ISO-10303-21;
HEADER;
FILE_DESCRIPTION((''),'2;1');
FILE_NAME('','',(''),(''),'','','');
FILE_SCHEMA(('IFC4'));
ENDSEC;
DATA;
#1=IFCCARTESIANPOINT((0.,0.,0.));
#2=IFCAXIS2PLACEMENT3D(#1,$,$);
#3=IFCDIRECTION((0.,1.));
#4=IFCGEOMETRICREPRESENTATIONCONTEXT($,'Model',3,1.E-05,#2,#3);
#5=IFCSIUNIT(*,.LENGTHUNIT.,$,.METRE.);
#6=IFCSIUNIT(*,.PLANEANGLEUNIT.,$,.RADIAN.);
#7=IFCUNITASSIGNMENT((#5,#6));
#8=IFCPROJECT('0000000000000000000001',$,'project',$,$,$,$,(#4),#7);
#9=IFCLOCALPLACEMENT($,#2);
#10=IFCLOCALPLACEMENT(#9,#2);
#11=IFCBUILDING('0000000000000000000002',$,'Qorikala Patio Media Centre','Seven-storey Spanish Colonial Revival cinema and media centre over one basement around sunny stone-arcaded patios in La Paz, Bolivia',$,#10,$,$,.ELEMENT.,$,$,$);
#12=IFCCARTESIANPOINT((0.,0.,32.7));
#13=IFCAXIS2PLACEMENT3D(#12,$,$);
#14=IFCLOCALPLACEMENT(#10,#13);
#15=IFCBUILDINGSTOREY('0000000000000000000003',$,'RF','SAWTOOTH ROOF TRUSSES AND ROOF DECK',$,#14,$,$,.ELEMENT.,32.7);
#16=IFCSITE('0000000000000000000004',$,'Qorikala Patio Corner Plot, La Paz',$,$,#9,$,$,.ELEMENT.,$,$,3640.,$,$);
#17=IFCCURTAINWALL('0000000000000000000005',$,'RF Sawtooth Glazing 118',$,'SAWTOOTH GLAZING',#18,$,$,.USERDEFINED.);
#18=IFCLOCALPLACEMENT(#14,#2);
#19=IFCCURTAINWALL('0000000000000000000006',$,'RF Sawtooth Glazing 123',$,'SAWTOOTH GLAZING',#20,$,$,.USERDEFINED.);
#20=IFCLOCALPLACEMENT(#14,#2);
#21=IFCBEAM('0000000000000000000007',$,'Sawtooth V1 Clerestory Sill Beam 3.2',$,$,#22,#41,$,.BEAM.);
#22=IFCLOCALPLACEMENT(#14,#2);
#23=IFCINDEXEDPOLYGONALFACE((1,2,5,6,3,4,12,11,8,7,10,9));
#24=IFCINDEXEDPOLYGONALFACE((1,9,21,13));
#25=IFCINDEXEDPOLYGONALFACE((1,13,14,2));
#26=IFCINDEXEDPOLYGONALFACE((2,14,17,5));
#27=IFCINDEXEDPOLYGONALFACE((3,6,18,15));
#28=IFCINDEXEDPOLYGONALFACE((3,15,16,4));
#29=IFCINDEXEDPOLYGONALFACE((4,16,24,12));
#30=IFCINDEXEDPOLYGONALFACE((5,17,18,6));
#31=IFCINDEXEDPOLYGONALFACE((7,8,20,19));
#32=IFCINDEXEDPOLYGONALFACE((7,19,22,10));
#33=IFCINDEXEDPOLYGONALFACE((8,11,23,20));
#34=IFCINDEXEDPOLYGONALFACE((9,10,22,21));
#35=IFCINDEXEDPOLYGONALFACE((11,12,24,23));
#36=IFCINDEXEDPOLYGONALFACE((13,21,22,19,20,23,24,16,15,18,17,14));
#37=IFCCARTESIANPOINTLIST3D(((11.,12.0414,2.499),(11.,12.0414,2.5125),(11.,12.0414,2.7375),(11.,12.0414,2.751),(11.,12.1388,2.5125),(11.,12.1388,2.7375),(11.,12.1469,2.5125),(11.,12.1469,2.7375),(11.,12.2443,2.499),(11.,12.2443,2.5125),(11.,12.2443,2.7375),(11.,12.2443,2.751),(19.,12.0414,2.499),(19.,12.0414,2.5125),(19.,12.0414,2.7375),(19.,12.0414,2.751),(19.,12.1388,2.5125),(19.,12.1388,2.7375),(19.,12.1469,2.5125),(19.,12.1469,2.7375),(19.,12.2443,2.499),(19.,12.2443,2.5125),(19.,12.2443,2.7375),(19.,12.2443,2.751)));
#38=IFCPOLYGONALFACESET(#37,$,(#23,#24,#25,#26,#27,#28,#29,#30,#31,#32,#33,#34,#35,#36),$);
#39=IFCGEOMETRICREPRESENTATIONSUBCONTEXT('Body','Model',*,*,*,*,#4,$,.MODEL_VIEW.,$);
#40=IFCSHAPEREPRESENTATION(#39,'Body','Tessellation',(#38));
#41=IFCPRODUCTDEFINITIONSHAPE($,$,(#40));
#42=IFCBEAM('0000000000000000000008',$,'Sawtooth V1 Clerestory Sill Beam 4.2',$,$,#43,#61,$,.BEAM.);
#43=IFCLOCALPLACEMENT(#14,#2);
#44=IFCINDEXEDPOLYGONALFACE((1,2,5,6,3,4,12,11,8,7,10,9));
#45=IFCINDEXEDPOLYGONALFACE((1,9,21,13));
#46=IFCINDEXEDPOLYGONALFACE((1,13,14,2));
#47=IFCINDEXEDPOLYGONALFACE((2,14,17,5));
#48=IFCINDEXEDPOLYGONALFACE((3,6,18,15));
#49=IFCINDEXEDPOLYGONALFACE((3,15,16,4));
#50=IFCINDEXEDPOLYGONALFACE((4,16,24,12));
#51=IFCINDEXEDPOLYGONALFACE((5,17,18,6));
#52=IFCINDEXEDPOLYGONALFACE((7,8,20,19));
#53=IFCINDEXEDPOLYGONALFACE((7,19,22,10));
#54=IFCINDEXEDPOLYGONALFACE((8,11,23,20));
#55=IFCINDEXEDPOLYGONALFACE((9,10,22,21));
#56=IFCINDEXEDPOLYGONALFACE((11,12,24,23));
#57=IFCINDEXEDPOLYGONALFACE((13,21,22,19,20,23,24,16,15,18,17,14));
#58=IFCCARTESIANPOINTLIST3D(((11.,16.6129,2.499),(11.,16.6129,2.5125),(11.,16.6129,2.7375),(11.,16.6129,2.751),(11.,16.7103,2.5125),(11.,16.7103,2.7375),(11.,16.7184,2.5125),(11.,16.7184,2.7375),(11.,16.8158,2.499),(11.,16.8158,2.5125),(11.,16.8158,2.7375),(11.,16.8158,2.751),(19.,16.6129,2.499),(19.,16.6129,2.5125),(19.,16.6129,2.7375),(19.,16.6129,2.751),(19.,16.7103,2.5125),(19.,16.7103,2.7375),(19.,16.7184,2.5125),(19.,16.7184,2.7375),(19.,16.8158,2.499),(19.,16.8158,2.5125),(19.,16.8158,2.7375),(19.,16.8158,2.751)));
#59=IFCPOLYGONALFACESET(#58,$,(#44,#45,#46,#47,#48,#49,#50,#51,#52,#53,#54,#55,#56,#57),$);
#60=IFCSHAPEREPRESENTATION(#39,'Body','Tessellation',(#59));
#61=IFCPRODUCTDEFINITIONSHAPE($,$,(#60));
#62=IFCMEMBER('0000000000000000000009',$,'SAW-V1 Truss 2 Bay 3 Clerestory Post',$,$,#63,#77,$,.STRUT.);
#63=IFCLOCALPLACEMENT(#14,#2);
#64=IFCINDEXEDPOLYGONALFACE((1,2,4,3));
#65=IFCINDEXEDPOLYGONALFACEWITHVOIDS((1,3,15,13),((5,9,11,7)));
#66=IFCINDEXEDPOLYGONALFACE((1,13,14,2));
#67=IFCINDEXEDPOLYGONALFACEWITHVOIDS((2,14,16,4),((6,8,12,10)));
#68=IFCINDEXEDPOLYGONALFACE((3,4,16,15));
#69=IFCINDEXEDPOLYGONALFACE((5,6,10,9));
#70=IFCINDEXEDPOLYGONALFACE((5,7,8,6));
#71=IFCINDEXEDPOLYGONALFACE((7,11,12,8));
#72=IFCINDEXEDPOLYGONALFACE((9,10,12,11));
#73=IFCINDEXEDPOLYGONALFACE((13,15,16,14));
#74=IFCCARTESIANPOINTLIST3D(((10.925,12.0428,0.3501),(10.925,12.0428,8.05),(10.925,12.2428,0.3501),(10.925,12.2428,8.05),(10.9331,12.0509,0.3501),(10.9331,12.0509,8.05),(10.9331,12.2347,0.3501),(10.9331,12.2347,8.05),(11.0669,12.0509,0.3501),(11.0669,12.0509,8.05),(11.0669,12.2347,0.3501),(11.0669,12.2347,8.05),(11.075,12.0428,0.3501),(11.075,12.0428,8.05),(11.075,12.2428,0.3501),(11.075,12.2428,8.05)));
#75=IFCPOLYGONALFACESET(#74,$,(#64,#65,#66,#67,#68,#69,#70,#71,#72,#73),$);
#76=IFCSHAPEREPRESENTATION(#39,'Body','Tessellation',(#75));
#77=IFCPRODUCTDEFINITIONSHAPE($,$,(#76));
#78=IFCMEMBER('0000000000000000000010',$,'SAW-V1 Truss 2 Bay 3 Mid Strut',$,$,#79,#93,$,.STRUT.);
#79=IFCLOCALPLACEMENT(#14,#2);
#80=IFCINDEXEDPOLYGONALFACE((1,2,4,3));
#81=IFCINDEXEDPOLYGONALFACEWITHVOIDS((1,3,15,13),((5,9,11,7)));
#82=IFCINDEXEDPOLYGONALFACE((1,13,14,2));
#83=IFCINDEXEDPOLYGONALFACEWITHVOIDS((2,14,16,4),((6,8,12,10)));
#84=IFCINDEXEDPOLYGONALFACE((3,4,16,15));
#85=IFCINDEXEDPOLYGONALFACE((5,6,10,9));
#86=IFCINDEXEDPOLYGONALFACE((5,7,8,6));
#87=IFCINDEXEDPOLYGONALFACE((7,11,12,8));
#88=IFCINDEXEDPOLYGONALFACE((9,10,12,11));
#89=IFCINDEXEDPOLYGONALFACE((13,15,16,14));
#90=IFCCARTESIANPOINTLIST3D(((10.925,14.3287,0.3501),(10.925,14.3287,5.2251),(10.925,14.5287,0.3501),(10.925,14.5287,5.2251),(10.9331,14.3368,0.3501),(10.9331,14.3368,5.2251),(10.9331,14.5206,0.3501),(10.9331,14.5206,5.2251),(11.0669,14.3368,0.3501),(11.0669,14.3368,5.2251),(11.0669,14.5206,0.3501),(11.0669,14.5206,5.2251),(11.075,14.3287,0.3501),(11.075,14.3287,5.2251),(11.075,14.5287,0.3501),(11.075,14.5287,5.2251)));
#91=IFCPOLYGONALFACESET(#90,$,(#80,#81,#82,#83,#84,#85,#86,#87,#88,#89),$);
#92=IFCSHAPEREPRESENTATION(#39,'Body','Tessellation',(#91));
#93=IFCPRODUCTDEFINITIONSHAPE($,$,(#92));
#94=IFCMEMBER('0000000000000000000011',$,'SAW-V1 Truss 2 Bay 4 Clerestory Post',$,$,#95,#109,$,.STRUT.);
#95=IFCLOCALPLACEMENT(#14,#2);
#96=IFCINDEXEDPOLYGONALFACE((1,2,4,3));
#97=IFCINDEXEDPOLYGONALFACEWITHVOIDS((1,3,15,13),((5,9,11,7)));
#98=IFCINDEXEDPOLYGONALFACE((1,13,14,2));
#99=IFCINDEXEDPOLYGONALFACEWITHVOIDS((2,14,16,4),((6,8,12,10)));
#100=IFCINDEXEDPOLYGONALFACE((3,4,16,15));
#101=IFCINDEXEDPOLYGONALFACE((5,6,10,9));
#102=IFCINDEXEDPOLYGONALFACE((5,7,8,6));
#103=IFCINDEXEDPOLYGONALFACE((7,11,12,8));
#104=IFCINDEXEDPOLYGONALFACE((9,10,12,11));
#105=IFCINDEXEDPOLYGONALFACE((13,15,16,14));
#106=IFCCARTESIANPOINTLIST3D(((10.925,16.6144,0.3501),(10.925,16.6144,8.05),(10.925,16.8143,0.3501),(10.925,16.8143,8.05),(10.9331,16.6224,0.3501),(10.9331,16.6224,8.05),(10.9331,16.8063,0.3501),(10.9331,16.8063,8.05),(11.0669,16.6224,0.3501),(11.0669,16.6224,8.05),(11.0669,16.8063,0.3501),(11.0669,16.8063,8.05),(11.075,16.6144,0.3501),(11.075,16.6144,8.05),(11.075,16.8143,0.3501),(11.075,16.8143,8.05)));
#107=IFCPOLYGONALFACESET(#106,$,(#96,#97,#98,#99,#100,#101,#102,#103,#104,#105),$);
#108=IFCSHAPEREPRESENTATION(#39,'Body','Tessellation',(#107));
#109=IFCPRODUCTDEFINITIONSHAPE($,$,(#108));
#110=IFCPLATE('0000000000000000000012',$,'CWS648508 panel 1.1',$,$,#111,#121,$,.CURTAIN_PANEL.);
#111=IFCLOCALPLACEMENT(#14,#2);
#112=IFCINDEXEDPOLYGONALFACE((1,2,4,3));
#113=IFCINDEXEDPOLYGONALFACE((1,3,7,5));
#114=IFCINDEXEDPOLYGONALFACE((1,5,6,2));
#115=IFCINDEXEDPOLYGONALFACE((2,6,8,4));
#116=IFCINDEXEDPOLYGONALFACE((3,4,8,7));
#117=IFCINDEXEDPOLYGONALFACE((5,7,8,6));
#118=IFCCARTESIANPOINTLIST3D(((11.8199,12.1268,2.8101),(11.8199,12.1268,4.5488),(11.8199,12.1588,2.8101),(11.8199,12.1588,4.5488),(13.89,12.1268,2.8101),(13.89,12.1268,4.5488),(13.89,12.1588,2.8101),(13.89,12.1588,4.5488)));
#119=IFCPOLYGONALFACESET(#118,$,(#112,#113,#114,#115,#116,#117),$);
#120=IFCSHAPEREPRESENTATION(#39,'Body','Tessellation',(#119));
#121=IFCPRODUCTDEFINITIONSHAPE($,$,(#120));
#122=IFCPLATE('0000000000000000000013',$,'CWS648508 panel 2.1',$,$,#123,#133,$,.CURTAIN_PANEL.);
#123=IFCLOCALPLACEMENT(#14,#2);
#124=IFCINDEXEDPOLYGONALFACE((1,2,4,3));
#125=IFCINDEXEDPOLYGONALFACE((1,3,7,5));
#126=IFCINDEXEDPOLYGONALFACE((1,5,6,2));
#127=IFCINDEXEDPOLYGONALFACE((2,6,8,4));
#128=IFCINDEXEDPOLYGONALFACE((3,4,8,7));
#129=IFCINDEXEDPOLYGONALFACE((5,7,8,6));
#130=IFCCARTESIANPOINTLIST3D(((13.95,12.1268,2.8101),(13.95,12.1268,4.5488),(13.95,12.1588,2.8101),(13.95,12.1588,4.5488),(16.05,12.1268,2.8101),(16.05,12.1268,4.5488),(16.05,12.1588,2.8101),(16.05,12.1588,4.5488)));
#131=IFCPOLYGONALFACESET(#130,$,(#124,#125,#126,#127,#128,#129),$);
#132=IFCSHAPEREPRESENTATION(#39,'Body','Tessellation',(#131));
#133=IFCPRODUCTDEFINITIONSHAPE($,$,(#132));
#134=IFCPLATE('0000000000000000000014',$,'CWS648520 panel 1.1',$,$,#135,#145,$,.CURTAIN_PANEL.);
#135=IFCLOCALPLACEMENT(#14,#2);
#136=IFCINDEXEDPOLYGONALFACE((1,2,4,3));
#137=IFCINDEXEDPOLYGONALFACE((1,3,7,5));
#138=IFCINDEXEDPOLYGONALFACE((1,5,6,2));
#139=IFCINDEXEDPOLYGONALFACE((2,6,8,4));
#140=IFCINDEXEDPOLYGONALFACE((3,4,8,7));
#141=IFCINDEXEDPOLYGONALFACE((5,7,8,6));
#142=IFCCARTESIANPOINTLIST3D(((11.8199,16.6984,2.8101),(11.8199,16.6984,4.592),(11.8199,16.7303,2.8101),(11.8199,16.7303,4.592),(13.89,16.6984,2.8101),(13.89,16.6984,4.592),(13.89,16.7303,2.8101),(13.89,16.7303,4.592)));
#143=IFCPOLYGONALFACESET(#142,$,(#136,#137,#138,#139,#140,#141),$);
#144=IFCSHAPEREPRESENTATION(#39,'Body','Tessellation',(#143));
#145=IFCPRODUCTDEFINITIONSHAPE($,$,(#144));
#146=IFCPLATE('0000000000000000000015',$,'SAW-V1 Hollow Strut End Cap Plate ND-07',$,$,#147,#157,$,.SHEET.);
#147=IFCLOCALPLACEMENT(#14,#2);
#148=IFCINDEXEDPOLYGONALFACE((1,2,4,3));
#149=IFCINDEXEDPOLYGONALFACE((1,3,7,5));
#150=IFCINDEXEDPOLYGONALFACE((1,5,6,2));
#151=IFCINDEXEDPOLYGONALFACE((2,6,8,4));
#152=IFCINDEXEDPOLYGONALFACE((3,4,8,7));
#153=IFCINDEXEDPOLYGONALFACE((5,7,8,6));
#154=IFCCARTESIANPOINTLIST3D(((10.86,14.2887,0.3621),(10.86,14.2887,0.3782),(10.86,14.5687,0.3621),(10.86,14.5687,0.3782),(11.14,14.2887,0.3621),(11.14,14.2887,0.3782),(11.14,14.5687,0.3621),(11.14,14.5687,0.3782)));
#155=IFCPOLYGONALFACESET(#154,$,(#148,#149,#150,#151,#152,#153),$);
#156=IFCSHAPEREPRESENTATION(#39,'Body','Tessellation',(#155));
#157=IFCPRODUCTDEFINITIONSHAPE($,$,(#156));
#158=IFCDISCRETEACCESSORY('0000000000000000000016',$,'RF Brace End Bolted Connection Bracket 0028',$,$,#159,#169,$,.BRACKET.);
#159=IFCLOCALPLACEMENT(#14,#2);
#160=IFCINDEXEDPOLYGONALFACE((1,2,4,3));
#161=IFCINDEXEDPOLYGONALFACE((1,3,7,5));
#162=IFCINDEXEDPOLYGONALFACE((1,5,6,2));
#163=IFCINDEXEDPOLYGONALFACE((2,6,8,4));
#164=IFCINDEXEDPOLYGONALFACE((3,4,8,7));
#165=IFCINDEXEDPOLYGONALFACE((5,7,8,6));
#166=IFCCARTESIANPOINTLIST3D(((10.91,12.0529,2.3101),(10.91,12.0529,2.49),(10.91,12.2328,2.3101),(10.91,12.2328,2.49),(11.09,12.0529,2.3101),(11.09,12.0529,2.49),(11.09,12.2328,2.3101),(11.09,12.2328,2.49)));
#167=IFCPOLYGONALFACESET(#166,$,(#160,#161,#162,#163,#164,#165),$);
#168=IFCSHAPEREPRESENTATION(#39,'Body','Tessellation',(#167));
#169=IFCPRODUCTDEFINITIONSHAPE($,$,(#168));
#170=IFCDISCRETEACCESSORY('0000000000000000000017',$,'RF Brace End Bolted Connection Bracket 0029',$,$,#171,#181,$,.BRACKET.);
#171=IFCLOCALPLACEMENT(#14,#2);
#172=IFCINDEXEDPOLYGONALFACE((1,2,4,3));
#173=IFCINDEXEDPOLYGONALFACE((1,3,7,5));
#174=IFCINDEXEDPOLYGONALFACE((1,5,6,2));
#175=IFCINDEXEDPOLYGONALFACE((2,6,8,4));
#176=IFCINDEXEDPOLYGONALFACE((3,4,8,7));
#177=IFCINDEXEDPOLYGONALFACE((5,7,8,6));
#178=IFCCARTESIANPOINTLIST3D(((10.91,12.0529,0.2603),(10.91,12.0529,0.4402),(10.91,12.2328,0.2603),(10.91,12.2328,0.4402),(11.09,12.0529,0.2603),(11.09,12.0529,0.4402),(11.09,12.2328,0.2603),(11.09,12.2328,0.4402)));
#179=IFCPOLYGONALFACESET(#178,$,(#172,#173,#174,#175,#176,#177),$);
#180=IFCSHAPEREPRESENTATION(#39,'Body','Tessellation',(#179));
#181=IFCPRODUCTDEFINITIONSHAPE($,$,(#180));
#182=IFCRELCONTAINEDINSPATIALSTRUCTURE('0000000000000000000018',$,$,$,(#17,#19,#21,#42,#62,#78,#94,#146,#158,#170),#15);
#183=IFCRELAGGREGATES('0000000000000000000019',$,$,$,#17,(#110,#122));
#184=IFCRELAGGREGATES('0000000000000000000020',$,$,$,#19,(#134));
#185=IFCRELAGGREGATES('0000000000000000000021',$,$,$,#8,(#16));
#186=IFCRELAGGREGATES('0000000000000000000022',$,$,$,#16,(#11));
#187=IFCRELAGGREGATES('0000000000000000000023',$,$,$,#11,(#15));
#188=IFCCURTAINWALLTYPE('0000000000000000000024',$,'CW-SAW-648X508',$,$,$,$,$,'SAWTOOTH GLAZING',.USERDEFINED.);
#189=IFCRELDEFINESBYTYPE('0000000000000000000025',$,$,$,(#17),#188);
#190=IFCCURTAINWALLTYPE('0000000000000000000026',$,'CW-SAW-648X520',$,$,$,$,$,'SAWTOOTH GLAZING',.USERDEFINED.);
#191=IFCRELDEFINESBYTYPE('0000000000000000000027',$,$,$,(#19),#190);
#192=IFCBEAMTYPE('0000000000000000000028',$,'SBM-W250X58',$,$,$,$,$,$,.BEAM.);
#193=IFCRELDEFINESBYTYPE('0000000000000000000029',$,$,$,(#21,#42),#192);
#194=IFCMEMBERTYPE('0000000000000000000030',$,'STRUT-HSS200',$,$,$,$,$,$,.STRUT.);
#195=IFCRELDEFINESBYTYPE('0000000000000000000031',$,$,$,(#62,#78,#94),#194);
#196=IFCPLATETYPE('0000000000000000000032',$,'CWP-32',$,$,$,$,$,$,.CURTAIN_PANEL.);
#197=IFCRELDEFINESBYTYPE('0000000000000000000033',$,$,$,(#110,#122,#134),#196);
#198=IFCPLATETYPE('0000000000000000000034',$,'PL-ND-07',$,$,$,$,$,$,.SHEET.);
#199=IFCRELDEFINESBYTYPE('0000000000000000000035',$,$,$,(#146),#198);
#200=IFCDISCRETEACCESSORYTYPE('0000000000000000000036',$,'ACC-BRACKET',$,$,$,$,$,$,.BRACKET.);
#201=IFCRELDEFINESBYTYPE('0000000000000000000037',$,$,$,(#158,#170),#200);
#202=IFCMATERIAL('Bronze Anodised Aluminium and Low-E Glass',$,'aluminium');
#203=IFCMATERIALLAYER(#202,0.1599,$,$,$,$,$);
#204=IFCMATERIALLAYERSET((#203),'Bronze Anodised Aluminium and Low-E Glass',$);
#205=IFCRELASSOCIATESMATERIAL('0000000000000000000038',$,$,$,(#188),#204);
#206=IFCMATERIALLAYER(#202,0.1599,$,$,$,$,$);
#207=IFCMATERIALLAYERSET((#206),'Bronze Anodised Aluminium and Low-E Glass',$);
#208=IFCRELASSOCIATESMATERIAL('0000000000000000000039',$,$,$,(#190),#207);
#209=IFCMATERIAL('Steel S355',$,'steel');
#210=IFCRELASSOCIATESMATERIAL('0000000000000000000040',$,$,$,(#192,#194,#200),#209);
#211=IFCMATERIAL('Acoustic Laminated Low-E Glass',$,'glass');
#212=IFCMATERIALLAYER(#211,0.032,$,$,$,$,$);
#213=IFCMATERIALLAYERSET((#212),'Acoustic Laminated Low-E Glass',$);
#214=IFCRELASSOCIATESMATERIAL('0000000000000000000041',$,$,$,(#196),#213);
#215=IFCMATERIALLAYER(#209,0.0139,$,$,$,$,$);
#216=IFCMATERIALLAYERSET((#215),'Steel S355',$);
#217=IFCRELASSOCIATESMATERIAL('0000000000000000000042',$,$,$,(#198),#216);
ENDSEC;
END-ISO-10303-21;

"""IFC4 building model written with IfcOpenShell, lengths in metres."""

from ifc_helpers import new_model, si_unit, direction, frame, origin, origin_2d, place, context, subcontext, project, spatial, rectangle, hollow_rectangle, i_section, extrude, material, layer, layer_set, material_profile, profile_set, type_object, element, aggregate, save


model = new_model("IFC4")

# Units and contexts
model_context = context("Model", 3, precision=1e-05, world=origin(), true_north=direction((0.0, 1.0)))
body_context = subcontext(model_context, "Body", "Model", "MODEL_VIEW")
ifc_project = project(units=[si_unit("LENGTHUNIT", "METRE"), si_unit("PLANEANGLEUNIT", "RADIAN")], contexts=[model_context])

# Site, building, storey
site_placement = place(None, origin())
site = spatial("IfcSite", under=ifc_project, at=site_placement, Name="Qorikala Patio Corner Plot, La Paz", CompositionType="ELEMENT", RefElevation=3640.0)
building_placement = place(site_placement, origin())
building = spatial("IfcBuilding", under=site, at=building_placement, Name="Qorikala Patio Media Centre", Description="Seven-storey Spanish Colonial Revival cinema and media centre over one basement around sunny stone-arcaded patios in La Paz, Bolivia", CompositionType="ELEMENT")
storey_placement = place(building_placement, frame((0.0, 0.0, 32.7)))
storey = spatial("IfcBuildingStorey", under=building, at=storey_placement, Name="RF", Description="SAWTOOTH ROOF TRUSSES AND ROOF DECK", CompositionType="ELEMENT", Elevation=32.7)

# Shared definitions
ifc_material_1 = material(Name="Steel S355", Category="steel")

# Curtain walls
ifc_material_2 = material(Name="Bronze Anodised Aluminium and Low-E Glass", Category="aluminium")
ifc_layer_1 = layer(ifc_material_2, 0.1599)
ifc_layer_set_1 = layer_set([ifc_layer_1], Name="Bronze Anodised Aluminium and Low-E Glass")
curtain_wall_type_1 = type_object("IfcCurtainWallType", Name="CW-SAW-648X508", ElementType="SAWTOOTH GLAZING", PredefinedType="USERDEFINED", material=ifc_layer_set_1)
curtain_wall_1_placement = place(storey_placement, origin())
curtain_wall_1 = element("IfcCurtainWall", 1, at=curtain_wall_1_placement, inside=storey, type_object=curtain_wall_type_1, Name="RF Sawtooth Glazing 118", ObjectType="SAWTOOTH GLAZING", PredefinedType="USERDEFINED")
ifc_layer_2 = layer(ifc_material_2, 0.1599)
ifc_layer_set_2 = layer_set([ifc_layer_2], Name="Bronze Anodised Aluminium and Low-E Glass")
curtain_wall_type_2 = type_object("IfcCurtainWallType", Name="CW-SAW-648X520", ElementType="SAWTOOTH GLAZING", PredefinedType="USERDEFINED", material=ifc_layer_set_2)
curtain_wall_2_placement = place(storey_placement, origin())
curtain_wall_2 = element("IfcCurtainWall", 2, at=curtain_wall_2_placement, inside=storey, type_object=curtain_wall_type_2, Name="RF Sawtooth Glazing 123", ObjectType="SAWTOOTH GLAZING", PredefinedType="USERDEFINED")

# Beams
ifc_material_profile_1 = material_profile(ifc_material_1, i_section(OverallWidth=0.2029, OverallDepth=0.252, WebThickness=0.0081, FlangeThickness=0.0134, at=origin_2d()), Name="W250X58")
ifc_profile_set_1 = profile_set([ifc_material_profile_1], Name="Steel S355")
beam_type = type_object("IfcBeamType", Name="SBM-W250X58", PredefinedType="BEAM", material=ifc_profile_set_1)
for number, where, z_axis, x_axis, name in (
    (3, (11.0, 12.1428, 2.625), (1.0, 0.0, 0.0), (0.0, 1.0, 0.0), "Sawtooth V1 Clerestory Sill Beam 3.2"),
    (4, (11.0, 16.7144, 2.625), (1.0, 0.0, 0.0), (0.0, 1.0, 0.0), "Sawtooth V1 Clerestory Sill Beam 4.2"),
):
    element("IfcBeam", number, at=place(storey_placement, frame(where, z_axis=z_axis, x_axis=x_axis)), inside=storey, type_object=beam_type, Name=name, PredefinedType="BEAM", context=body_context, shape_type="SweptSolid", body=[
        extrude(i_section(OverallWidth=0.2029, OverallDepth=0.252, WebThickness=0.0081, FlangeThickness=0.0134, at=origin_2d()), origin(), (0.0, 0.0, 1.0), 8.0),
    ])

# Members
ifc_material_profile_2 = material_profile(ifc_material_1, hollow_rectangle(XDim=0.1499, YDim=0.2, WallThickness=0.0081, at=origin_2d()), Name="HSS200X150X8")
ifc_profile_set_2 = profile_set([ifc_material_profile_2], Name="Steel S355")
member_type_1 = type_object("IfcMemberType", Name="STRUT-HSS200", PredefinedType="STRUT", material=ifc_profile_set_2)
member_1_placement = place(storey_placement, frame((11.0, 12.1428, 0.3501), z_axis=(0.0, 0.0, 1.0), x_axis=(1.0, 0.0, 0.0)))
element("IfcMember", 5, at=member_1_placement, inside=storey, type_object=member_type_1, Name="SAW-V1 Truss 2 Bay 3 Clerestory Post", PredefinedType="STRUT", context=body_context, shape_type="SweptSolid", body=[
    extrude(hollow_rectangle(XDim=0.1499, YDim=0.2, WallThickness=0.0081, at=origin_2d()), origin(), (0.0, 0.0, 1.0), 7.7),
])
member_2_placement = place(storey_placement, frame((11.0, 14.4287, 0.3501), z_axis=(0.0, 0.0, 1.0), x_axis=(1.0, 0.0, 0.0)))
element("IfcMember", 6, at=member_2_placement, inside=storey, type_object=member_type_1, Name="SAW-V1 Truss 2 Bay 3 Mid Strut", PredefinedType="STRUT", context=body_context, shape_type="SweptSolid", body=[
    extrude(hollow_rectangle(XDim=0.1499, YDim=0.2, WallThickness=0.0081, at=origin_2d()), origin(), (0.0, 0.0, 1.0), 4.875),
])
member_3_placement = place(storey_placement, frame((11.0, 16.7144, 0.3501), z_axis=(0.0, 0.0, 1.0), x_axis=(1.0, 0.0, 0.0)))
element("IfcMember", 7, at=member_3_placement, inside=storey, type_object=member_type_1, Name="SAW-V1 Truss 2 Bay 4 Clerestory Post", PredefinedType="STRUT", context=body_context, shape_type="SweptSolid", body=[
    extrude(hollow_rectangle(XDim=0.1499, YDim=0.2, WallThickness=0.0081, at=origin_2d()), origin(), (0.0, 0.0, 1.0), 7.7),
])

# Plates
ifc_material_3 = material(Name="Acoustic Laminated Low-E Glass", Category="glass")
ifc_layer_3 = layer(ifc_material_3, 0.032)
ifc_layer_set_3 = layer_set([ifc_layer_3], Name="Acoustic Laminated Low-E Glass")
plate_type_1 = type_object("IfcPlateType", Name="CWP-32", PredefinedType="CURTAIN_PANEL", material=ifc_layer_set_3)
plate_1_placement = place(storey_placement, frame((12.855, 12.1428, 2.8101), z_axis=(0.0, 0.0, 1.0), x_axis=(1.0, 0.0, 0.0)))
plate_1 = element("IfcPlate", 8, at=plate_1_placement, type_object=plate_type_1, Name="CWS648508 panel 1.1", PredefinedType="CURTAIN_PANEL", context=body_context, shape_type="SweptSolid", body=[
    extrude(rectangle(XDim=2.0701, YDim=0.032, at=origin_2d()), origin(), (0.0, 0.0, 1.0), 1.7388),
])
plate_2_placement = place(storey_placement, frame((15.0, 12.1428, 2.8101), z_axis=(0.0, 0.0, 1.0), x_axis=(1.0, 0.0, 0.0)))
plate_2 = element("IfcPlate", 9, at=plate_2_placement, type_object=plate_type_1, Name="CWS648508 panel 2.1", PredefinedType="CURTAIN_PANEL", context=body_context, shape_type="SweptSolid", body=[
    extrude(rectangle(XDim=2.1001, YDim=0.032, at=origin_2d()), origin(), (0.0, 0.0, 1.0), 1.7388),
])
aggregate(curtain_wall_1, [plate_1, plate_2])
plate_3_placement = place(storey_placement, frame((12.855, 16.7144, 2.8101), z_axis=(0.0, 0.0, 1.0), x_axis=(1.0, 0.0, 0.0)))
plate_3 = element("IfcPlate", 10, at=plate_3_placement, type_object=plate_type_1, Name="CWS648520 panel 1.1", PredefinedType="CURTAIN_PANEL", context=body_context, shape_type="SweptSolid", body=[
    extrude(rectangle(XDim=2.0701, YDim=0.032, at=origin_2d()), origin(), (0.0, 0.0, 1.0), 1.782),
])
aggregate(curtain_wall_2, [plate_3])
ifc_layer_4 = layer(ifc_material_1, 0.0139)
ifc_layer_set_4 = layer_set([ifc_layer_4], Name="Steel S355")
plate_type_2 = type_object("IfcPlateType", Name="PL-ND-07", PredefinedType="SHEET", material=ifc_layer_set_4)
plate_4_placement = place(storey_placement, frame((11.0, 14.4287, 0.3621), z_axis=(0.0, 0.0, 1.0), x_axis=(1.0, 0.0, 0.0)))
element("IfcPlate", 11, at=plate_4_placement, inside=storey, type_object=plate_type_2, Name="SAW-V1 Hollow Strut End Cap Plate ND-07", PredefinedType="SHEET", context=body_context, shape_type="SweptSolid", body=[
    extrude(rectangle(XDim=0.28, YDim=0.28, at=origin_2d()), origin(), (0.0, 0.0, 1.0), 0.0161),
])

# Discrete accessories
discrete_accessory_type = type_object("IfcDiscreteAccessoryType", Name="ACC-BRACKET", PredefinedType="BRACKET", material=ifc_material_1)
for number, where, z_axis, x_axis, name in (
    (12, (11.0, 12.1428, 2.3101), (0.0, 0.0, 1.0), (1.0, 0.0, 0.0), "RF Brace End Bolted Connection Bracket 0028"),
    (13, (11.0, 12.1428, 0.2603), (0.0, 0.0, 1.0), (1.0, 0.0, 0.0), "RF Brace End Bolted Connection Bracket 0029"),
):
    element("IfcDiscreteAccessory", number, at=place(storey_placement, frame(where, z_axis=z_axis, x_axis=x_axis)), inside=storey, type_object=discrete_accessory_type, Name=name, PredefinedType="BRACKET", context=body_context, shape_type="SweptSolid", body=[
        extrude(rectangle(XDim=0.1799, YDim=0.1799, at=origin_2d()), origin(), (0.0, 0.0, 1.0), 0.1799),
    ])

save(model, "model.ifc")
